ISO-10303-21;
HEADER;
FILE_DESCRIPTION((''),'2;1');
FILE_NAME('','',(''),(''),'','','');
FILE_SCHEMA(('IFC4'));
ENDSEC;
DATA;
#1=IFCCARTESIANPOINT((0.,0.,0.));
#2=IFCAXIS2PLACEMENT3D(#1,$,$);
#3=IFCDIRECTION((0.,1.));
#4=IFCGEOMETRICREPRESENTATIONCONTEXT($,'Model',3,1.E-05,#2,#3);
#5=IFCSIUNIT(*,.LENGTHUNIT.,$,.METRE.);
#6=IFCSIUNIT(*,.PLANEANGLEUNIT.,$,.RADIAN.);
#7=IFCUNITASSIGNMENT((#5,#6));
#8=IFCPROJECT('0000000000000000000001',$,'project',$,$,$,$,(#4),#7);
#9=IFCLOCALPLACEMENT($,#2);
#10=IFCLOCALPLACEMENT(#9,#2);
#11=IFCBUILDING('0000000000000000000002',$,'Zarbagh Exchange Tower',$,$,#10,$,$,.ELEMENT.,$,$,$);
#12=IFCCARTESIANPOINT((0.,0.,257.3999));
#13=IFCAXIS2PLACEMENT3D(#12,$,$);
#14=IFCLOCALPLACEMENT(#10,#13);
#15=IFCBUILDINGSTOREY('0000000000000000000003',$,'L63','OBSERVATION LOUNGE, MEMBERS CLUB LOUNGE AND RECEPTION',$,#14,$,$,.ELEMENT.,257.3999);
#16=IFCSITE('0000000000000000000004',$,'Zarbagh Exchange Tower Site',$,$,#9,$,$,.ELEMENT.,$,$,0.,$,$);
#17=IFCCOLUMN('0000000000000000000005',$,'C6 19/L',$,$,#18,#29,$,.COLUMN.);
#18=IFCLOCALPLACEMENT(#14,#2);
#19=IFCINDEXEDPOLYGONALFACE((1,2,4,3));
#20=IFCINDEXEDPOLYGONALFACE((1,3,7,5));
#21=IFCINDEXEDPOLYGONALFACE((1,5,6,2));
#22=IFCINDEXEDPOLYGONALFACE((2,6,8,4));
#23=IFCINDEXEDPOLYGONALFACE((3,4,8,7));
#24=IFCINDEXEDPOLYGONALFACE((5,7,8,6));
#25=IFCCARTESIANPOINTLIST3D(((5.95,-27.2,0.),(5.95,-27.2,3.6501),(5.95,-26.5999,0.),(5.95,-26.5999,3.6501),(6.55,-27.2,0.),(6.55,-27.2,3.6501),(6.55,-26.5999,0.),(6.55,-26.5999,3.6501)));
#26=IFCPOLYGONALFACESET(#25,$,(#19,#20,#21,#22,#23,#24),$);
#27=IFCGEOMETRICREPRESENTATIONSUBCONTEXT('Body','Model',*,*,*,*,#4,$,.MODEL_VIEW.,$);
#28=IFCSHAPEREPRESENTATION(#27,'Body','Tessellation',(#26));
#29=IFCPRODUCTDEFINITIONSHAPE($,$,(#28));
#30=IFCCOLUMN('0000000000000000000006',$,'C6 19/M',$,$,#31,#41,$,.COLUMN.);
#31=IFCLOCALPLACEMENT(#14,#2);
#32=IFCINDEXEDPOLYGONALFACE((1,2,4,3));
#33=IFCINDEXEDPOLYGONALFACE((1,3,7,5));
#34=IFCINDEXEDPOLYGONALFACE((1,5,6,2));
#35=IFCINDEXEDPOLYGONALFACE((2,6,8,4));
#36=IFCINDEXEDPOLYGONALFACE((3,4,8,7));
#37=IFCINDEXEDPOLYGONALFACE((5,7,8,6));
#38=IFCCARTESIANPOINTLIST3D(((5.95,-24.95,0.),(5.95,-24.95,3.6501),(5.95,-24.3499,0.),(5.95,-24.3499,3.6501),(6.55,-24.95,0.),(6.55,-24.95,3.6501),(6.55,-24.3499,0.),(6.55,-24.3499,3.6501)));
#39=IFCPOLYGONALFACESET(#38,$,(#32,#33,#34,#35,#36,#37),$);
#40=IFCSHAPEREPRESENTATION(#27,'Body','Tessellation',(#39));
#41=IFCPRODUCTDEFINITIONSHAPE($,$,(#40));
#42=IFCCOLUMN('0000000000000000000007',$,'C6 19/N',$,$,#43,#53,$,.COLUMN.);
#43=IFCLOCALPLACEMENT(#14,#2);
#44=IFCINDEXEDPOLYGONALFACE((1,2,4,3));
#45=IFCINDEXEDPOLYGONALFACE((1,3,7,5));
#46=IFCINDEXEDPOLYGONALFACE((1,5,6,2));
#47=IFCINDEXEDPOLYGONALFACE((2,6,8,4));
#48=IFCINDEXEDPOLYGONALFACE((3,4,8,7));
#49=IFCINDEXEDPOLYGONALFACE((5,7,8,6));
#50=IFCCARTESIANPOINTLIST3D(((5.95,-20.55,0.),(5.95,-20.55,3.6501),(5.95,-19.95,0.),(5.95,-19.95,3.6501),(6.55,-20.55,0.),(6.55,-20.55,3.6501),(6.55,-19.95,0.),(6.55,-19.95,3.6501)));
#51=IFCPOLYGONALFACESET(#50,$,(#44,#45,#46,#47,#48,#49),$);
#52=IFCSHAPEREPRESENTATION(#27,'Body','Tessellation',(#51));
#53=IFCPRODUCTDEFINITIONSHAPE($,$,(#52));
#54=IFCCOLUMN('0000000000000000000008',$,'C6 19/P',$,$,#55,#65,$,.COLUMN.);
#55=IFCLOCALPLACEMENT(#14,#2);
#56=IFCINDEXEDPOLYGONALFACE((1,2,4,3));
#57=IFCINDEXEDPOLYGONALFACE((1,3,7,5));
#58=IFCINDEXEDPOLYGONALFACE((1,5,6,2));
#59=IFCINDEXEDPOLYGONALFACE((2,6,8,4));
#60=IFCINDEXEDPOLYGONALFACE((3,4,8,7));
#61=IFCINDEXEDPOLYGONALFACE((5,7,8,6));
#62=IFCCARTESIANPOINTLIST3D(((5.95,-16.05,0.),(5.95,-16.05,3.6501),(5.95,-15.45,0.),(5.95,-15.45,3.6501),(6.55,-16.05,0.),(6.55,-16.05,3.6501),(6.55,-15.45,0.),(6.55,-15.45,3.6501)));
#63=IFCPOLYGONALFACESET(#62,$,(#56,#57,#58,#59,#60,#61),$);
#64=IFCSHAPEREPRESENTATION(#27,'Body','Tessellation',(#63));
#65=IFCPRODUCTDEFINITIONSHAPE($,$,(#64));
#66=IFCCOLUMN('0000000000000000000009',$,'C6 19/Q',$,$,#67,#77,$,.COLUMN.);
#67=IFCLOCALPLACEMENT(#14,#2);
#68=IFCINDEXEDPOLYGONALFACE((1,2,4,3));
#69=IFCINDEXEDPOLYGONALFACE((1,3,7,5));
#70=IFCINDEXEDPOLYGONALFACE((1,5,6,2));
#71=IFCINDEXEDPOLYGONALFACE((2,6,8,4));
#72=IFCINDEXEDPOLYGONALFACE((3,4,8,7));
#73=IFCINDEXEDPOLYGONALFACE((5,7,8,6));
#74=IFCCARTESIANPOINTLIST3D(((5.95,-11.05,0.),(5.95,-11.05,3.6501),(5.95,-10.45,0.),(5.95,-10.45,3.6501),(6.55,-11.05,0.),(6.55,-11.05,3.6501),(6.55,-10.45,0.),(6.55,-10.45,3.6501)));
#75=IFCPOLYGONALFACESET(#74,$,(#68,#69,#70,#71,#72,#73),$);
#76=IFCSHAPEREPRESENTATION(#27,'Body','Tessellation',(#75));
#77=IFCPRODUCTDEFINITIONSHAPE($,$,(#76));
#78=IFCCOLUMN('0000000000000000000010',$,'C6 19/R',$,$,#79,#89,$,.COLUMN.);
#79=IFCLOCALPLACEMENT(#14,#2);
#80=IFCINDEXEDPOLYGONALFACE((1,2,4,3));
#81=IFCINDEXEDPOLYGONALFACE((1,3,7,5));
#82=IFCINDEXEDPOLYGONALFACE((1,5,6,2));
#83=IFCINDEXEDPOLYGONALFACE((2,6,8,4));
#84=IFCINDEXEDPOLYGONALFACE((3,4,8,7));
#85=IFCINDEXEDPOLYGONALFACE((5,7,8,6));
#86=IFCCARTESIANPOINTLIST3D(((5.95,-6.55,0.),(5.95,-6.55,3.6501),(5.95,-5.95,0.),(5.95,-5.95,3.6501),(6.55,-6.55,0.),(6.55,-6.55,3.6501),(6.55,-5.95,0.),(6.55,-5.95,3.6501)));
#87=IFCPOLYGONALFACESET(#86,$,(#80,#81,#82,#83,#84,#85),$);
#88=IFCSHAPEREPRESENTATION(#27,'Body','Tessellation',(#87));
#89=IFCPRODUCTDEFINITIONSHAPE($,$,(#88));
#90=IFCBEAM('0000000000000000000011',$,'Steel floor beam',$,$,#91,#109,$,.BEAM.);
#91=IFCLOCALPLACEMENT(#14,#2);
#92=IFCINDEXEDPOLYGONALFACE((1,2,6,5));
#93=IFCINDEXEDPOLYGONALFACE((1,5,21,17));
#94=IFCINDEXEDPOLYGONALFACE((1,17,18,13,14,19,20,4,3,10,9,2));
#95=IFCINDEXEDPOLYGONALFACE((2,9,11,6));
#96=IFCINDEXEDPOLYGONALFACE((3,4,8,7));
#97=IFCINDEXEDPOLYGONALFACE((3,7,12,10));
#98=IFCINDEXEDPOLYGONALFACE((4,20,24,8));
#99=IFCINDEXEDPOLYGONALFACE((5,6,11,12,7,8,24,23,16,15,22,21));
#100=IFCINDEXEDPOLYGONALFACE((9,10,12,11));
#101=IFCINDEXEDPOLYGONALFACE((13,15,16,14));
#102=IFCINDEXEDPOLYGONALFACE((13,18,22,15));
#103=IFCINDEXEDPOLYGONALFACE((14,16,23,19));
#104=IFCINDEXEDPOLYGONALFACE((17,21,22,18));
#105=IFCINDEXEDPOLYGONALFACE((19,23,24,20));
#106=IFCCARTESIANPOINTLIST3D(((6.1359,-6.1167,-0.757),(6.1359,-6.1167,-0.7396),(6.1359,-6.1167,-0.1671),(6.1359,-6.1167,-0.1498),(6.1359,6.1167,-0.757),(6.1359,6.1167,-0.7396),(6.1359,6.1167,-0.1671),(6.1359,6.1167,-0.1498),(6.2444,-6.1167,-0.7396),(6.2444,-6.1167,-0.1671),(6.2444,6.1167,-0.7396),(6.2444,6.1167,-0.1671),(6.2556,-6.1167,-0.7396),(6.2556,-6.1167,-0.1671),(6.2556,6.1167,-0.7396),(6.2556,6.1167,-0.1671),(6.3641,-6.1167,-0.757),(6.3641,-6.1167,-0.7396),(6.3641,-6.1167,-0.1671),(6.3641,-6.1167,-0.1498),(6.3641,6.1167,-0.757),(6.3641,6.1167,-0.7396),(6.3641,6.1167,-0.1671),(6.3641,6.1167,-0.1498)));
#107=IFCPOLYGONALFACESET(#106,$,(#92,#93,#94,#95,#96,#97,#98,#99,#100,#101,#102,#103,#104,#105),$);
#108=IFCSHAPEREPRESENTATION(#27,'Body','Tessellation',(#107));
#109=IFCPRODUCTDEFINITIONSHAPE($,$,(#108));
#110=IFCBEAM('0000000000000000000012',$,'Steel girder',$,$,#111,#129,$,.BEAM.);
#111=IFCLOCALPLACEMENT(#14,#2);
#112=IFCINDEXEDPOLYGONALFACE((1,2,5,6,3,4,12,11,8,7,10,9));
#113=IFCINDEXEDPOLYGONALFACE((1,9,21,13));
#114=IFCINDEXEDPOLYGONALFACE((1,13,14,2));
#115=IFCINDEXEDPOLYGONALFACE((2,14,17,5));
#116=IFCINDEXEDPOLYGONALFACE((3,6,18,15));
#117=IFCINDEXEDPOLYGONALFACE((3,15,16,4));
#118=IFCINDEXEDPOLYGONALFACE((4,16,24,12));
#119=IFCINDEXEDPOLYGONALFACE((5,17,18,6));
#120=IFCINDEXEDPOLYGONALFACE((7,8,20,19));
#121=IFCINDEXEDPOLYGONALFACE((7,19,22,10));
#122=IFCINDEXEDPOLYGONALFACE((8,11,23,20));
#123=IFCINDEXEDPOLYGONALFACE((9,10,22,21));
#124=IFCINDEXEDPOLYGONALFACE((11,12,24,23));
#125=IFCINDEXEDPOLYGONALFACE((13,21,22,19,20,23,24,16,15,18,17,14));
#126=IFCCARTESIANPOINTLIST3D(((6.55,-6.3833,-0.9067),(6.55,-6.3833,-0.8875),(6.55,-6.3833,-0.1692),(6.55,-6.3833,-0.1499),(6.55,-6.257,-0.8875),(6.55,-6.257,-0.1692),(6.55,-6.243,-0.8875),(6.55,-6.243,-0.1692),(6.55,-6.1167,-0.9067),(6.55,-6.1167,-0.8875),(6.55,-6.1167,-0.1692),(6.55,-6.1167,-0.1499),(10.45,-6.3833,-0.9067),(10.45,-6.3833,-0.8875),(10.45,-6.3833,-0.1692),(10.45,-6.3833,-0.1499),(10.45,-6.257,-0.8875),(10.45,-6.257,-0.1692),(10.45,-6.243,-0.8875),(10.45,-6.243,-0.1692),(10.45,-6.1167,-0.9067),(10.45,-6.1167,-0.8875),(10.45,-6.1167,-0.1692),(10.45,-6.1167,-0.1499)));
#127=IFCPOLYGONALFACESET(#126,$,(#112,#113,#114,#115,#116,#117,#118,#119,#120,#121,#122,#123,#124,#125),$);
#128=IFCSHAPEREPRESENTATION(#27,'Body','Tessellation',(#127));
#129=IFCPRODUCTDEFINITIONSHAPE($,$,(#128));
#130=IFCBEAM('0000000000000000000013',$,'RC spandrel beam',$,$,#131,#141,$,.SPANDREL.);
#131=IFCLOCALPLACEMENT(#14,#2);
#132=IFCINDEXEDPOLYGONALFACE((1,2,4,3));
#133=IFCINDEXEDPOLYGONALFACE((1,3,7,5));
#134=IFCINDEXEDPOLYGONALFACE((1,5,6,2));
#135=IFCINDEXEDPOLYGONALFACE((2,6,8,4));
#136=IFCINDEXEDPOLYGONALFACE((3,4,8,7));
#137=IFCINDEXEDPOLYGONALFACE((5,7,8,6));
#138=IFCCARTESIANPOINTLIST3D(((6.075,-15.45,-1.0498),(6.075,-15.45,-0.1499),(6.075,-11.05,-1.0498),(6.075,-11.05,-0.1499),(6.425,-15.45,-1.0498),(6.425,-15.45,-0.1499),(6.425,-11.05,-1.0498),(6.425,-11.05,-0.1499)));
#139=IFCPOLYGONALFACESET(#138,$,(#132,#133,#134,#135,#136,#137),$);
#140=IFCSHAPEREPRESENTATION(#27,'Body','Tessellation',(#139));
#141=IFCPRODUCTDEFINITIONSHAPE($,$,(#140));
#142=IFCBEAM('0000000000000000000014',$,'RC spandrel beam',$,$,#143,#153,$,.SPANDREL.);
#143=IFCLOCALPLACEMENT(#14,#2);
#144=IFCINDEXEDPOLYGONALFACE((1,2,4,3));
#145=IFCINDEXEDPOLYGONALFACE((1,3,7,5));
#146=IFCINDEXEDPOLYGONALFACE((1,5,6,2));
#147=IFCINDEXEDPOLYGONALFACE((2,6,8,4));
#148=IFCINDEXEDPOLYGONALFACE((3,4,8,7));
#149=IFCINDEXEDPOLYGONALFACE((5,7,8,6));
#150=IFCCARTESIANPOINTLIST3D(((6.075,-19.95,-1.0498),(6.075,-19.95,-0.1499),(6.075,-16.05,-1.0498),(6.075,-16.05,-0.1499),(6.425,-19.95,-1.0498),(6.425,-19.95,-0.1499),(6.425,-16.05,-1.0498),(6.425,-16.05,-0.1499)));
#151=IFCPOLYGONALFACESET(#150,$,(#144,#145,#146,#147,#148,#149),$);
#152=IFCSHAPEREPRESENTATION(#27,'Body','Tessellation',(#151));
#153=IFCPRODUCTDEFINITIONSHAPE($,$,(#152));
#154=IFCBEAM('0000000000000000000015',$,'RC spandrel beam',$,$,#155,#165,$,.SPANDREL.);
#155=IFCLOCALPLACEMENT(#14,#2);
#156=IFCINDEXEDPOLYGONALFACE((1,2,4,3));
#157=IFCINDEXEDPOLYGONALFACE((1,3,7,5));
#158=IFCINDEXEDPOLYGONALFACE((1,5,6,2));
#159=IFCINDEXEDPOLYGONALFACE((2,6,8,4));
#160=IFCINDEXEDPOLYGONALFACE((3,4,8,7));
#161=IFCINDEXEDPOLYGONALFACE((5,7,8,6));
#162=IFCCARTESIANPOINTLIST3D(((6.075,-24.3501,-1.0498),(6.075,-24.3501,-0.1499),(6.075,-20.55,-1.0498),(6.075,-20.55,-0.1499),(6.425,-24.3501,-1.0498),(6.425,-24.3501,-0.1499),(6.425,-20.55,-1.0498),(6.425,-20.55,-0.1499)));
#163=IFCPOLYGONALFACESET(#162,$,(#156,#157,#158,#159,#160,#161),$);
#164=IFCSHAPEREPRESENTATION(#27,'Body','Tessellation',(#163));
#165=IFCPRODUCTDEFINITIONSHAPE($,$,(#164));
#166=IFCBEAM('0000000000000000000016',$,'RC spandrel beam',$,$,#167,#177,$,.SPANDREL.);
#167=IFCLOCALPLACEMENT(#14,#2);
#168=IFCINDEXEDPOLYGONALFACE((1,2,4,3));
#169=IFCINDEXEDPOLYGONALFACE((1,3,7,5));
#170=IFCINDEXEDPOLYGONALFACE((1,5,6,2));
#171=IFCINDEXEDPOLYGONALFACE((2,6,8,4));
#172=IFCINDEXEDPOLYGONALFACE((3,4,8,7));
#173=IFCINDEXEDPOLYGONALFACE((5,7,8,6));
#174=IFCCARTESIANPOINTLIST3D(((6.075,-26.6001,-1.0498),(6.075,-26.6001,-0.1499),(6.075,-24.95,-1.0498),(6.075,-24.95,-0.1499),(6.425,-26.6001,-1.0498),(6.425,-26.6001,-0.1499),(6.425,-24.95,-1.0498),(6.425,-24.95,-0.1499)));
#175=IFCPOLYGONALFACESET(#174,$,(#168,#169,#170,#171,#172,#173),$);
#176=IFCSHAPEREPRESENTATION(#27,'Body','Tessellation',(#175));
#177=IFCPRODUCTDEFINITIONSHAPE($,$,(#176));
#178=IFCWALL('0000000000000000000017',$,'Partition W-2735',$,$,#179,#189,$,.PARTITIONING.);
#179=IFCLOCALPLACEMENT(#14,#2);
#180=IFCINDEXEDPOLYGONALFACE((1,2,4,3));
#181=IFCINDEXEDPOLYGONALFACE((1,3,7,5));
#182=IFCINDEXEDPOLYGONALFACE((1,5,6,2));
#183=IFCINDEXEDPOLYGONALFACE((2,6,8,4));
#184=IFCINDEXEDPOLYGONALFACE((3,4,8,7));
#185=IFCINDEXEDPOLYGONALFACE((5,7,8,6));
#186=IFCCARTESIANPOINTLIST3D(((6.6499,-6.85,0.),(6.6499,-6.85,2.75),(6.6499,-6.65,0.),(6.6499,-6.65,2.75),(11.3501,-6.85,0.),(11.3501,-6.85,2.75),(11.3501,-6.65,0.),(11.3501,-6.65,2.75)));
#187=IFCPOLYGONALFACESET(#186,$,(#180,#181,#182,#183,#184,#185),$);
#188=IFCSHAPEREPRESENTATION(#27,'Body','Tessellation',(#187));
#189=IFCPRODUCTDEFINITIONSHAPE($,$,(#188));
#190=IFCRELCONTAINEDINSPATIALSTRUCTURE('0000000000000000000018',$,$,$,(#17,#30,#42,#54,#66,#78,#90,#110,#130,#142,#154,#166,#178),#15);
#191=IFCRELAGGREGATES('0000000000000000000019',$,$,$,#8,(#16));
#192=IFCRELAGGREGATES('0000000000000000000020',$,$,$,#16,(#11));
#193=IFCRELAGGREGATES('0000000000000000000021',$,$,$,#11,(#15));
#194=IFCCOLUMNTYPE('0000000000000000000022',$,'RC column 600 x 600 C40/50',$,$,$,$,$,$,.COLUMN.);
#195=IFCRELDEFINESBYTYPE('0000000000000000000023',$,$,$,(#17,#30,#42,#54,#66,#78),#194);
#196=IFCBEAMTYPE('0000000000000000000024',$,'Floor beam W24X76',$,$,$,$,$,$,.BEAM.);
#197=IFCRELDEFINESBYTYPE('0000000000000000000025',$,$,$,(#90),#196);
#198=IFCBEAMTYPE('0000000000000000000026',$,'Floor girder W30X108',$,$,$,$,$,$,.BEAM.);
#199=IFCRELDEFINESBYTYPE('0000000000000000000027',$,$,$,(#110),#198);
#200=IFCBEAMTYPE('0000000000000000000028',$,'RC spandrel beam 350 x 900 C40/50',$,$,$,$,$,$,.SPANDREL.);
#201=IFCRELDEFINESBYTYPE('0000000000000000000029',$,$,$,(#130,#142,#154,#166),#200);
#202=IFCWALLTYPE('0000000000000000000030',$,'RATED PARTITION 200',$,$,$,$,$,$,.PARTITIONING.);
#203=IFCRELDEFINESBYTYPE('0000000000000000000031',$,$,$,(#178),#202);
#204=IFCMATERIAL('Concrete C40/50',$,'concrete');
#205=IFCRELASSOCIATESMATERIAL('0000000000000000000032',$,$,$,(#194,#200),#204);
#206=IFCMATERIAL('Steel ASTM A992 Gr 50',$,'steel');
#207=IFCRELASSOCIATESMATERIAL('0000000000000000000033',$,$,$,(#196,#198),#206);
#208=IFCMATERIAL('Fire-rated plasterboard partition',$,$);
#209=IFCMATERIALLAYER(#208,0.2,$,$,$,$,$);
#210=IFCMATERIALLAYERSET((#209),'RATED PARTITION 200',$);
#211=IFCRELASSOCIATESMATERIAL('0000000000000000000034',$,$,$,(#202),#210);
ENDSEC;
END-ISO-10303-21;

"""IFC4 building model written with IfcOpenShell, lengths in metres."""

from ifc_helpers import new_model, si_unit, direction, frame, frame_2d, origin, origin_2d, place, context, subcontext, project, spatial, rectangle, i_section, extrude, material, layer, layer_set, material_profile, profile_set, type_object, element, save


model = new_model("IFC4")

# Units and contexts
model_context = context("Model", 3, precision=1e-05, world=origin(), true_north=direction((0.0, 1.0)))
body_context = subcontext(model_context, "Body", "Model", "MODEL_VIEW")
ifc_project = project(units=[si_unit("LENGTHUNIT", "METRE"), si_unit("PLANEANGLEUNIT", "RADIAN")], contexts=[model_context])

# Site, building, storey
site_placement = place(None, origin())
site = spatial("IfcSite", under=ifc_project, at=site_placement, Name="Zarbagh Exchange Tower Site", CompositionType="ELEMENT", RefElevation=0.0)
building_placement = place(site_placement, origin())
building = spatial("IfcBuilding", under=site, at=building_placement, Name="Zarbagh Exchange Tower", CompositionType="ELEMENT")
storey_placement = place(building_placement, frame((0.0, 0.0, 257.3999)))
storey = spatial("IfcBuildingStorey", under=building, at=storey_placement, Name="L63", Description="OBSERVATION LOUNGE, MEMBERS CLUB LOUNGE AND RECEPTION", CompositionType="ELEMENT", Elevation=257.3999)

# Columns
ifc_material_1 = material(Name="Concrete C40/50", Category="concrete")
ifc_material_profile_1 = material_profile(ifc_material_1, rectangle(XDim=0.6001, YDim=0.6001, at=origin_2d()), Name="RC column 600 x 600 C40/50")
ifc_profile_set_1 = profile_set([ifc_material_profile_1], Name="Concrete C40/50")
column_type = type_object("IfcColumnType", Name="RC column 600 x 600 C40/50", PredefinedType="COLUMN", material=ifc_profile_set_1)
for number, where, z_axis, x_axis, name in (
    (1, (6.25, -26.8999, 0.0), (0.0, 0.0, 1.0), (1.0, 0.0, 0.0), "C6 19/L"),
    (2, (6.25, -24.6499, 0.0), (0.0, 0.0, 1.0), (1.0, 0.0, 0.0), "C6 19/M"),
    (3, (6.25, -20.25, 0.0), (0.0, 0.0, 1.0), (1.0, 0.0, 0.0), "C6 19/N"),
    (4, (6.25, -15.75, 0.0), (0.0, 0.0, 1.0), (1.0, 0.0, 0.0), "C6 19/P"),
    (5, (6.25, -10.75, 0.0), (0.0, 0.0, 1.0), (1.0, 0.0, 0.0), "C6 19/Q"),
    (6, (6.25, -6.25, 0.0), (0.0, 0.0, 1.0), (1.0, 0.0, 0.0), "C6 19/R"),
):
    element("IfcColumn", number, at=place(storey_placement, frame(where, z_axis=z_axis, x_axis=x_axis)), inside=storey, type_object=column_type, Name=name, PredefinedType="COLUMN", context=body_context, shape_type="SweptSolid", body=[
        extrude(rectangle(XDim=0.6001, YDim=0.6001, at=origin_2d()), origin(), (0.0, 0.0, 1.0), 3.6501),
    ])

# Beams
ifc_material_2 = material(Name="Steel ASTM A992 Gr 50", Category="steel")
ifc_material_profile_2 = material_profile(ifc_material_2, i_section(OverallWidth=0.2283, OverallDepth=0.6072, WebThickness=0.0112, FlangeThickness=0.0173, at=origin_2d()), Name="W24X76")
ifc_profile_set_2 = profile_set([ifc_material_profile_2], Name="Steel ASTM A992 Gr 50")
beam_type_1 = type_object("IfcBeamType", Name="Floor beam W24X76", PredefinedType="BEAM", material=ifc_profile_set_2)
beam_1_placement = place(storey_placement, frame((6.25, -6.1167, -0.4534), z_axis=(0.0, 1.0, 0.0), x_axis=(-1.0, 0.0, 0.0)))
element("IfcBeam", 7, at=beam_1_placement, inside=storey, type_object=beam_type_1, Name="Steel floor beam", PredefinedType="BEAM", context=body_context, shape_type="SweptSolid", body=[
    extrude(i_section(OverallWidth=0.2283, OverallDepth=0.6072, WebThickness=0.0112, FlangeThickness=0.0173, at=origin_2d()), origin(), (0.0, 0.0, 1.0), 12.2334),
])
ifc_material_profile_3 = material_profile(ifc_material_2, i_section(OverallWidth=0.2666, OverallDepth=0.7568, WebThickness=0.0139, FlangeThickness=0.0193, at=origin_2d()), Name="W30X108")
ifc_profile_set_3 = profile_set([ifc_material_profile_3], Name="Steel ASTM A992 Gr 50")
beam_type_2 = type_object("IfcBeamType", Name="Floor girder W30X108", PredefinedType="BEAM", material=ifc_profile_set_3)
beam_2_placement = place(storey_placement, frame((6.55, -6.25, -0.5283), z_axis=(1.0, 0.0, 0.0), x_axis=(0.0, 1.0, 0.0)))
element("IfcBeam", 8, at=beam_2_placement, inside=storey, type_object=beam_type_2, Name="Steel girder", PredefinedType="BEAM", context=body_context, shape_type="SweptSolid", body=[
    extrude(i_section(OverallWidth=0.2666, OverallDepth=0.7568, WebThickness=0.0139, FlangeThickness=0.0193, at=origin_2d()), origin(), (0.0, 0.0, 1.0), 3.8999),
])
ifc_material_profile_4 = material_profile(ifc_material_1, rectangle(XDim=0.3501, YDim=0.8999, at=origin_2d()), Name="RC spandrel beam 350 x 900 C40/50")
ifc_profile_set_4 = profile_set([ifc_material_profile_4], Name="Concrete C40/50")
beam_type_3 = type_object("IfcBeamType", Name="RC spandrel beam 350 x 900 C40/50", PredefinedType="SPANDREL", material=ifc_profile_set_4)
beam_3_placement = place(storey_placement, frame((6.25, -11.05, -0.5999), z_axis=(0.0, -1.0, 0.0), x_axis=(1.0, 0.0, 0.0)))
element("IfcBeam", 9, at=beam_3_placement, inside=storey, type_object=beam_type_3, Name="RC spandrel beam", PredefinedType="SPANDREL", context=body_context, shape_type="SweptSolid", body=[
    extrude(rectangle(XDim=0.3501, YDim=0.8999, at=origin_2d()), origin(), (0.0, 0.0, 1.0), 4.3999),
])
beam_4_placement = place(storey_placement, frame((6.25, -16.05, -0.5999), z_axis=(0.0, -1.0, 0.0), x_axis=(1.0, 0.0, 0.0)))
element("IfcBeam", 10, at=beam_4_placement, inside=storey, type_object=beam_type_3, Name="RC spandrel beam", PredefinedType="SPANDREL", context=body_context, shape_type="SweptSolid", body=[
    extrude(rectangle(XDim=0.3501, YDim=0.8999, at=origin_2d()), origin(), (0.0, 0.0, 1.0), 3.8999),
])
beam_5_placement = place(storey_placement, frame((6.25, -20.55, -0.5999), z_axis=(0.0, -1.0, 0.0), x_axis=(1.0, 0.0, 0.0)))
element("IfcBeam", 11, at=beam_5_placement, inside=storey, type_object=beam_type_3, Name="RC spandrel beam", PredefinedType="SPANDREL", context=body_context, shape_type="SweptSolid", body=[
    extrude(rectangle(XDim=0.3501, YDim=0.8999, at=origin_2d()), origin(), (0.0, 0.0, 1.0), 3.8),
])
beam_6_placement = place(storey_placement, frame((6.25, -24.95, -0.5999), z_axis=(0.0, -1.0, 0.0), x_axis=(1.0, 0.0, 0.0)))
element("IfcBeam", 12, at=beam_6_placement, inside=storey, type_object=beam_type_3, Name="RC spandrel beam", PredefinedType="SPANDREL", context=body_context, shape_type="SweptSolid", body=[
    extrude(rectangle(XDim=0.3501, YDim=0.8999, at=origin_2d()), origin(), (0.0, 0.0, 1.0), 1.6501),
])

# Wall
ifc_material_3 = material(Name="Fire-rated plasterboard partition")
ifc_layer_1 = layer(ifc_material_3, 0.2)
ifc_layer_set_1 = layer_set([ifc_layer_1], Name="RATED PARTITION 200")
wall_type_1 = type_object("IfcWallType", Name="RATED PARTITION 200", PredefinedType="PARTITIONING", material=ifc_layer_set_1)
wall_1_placement = place(storey_placement, frame((6.6499, -6.75, 0.0), z_axis=(0.0, 0.0, 1.0), x_axis=(1.0, 0.0, 0.0)))
element("IfcWall", 13, at=wall_1_placement, inside=storey, type_object=wall_type_1, Name="Partition W-2735", PredefinedType="PARTITIONING", context=body_context, shape_type="SweptSolid", body=[
    extrude(rectangle(XDim=4.7002, YDim=0.2, at=frame_2d((2.3501, 0.0))), origin(), (0.0, 0.0, 1.0), 2.75),
])

save(model, "model.ifc")
